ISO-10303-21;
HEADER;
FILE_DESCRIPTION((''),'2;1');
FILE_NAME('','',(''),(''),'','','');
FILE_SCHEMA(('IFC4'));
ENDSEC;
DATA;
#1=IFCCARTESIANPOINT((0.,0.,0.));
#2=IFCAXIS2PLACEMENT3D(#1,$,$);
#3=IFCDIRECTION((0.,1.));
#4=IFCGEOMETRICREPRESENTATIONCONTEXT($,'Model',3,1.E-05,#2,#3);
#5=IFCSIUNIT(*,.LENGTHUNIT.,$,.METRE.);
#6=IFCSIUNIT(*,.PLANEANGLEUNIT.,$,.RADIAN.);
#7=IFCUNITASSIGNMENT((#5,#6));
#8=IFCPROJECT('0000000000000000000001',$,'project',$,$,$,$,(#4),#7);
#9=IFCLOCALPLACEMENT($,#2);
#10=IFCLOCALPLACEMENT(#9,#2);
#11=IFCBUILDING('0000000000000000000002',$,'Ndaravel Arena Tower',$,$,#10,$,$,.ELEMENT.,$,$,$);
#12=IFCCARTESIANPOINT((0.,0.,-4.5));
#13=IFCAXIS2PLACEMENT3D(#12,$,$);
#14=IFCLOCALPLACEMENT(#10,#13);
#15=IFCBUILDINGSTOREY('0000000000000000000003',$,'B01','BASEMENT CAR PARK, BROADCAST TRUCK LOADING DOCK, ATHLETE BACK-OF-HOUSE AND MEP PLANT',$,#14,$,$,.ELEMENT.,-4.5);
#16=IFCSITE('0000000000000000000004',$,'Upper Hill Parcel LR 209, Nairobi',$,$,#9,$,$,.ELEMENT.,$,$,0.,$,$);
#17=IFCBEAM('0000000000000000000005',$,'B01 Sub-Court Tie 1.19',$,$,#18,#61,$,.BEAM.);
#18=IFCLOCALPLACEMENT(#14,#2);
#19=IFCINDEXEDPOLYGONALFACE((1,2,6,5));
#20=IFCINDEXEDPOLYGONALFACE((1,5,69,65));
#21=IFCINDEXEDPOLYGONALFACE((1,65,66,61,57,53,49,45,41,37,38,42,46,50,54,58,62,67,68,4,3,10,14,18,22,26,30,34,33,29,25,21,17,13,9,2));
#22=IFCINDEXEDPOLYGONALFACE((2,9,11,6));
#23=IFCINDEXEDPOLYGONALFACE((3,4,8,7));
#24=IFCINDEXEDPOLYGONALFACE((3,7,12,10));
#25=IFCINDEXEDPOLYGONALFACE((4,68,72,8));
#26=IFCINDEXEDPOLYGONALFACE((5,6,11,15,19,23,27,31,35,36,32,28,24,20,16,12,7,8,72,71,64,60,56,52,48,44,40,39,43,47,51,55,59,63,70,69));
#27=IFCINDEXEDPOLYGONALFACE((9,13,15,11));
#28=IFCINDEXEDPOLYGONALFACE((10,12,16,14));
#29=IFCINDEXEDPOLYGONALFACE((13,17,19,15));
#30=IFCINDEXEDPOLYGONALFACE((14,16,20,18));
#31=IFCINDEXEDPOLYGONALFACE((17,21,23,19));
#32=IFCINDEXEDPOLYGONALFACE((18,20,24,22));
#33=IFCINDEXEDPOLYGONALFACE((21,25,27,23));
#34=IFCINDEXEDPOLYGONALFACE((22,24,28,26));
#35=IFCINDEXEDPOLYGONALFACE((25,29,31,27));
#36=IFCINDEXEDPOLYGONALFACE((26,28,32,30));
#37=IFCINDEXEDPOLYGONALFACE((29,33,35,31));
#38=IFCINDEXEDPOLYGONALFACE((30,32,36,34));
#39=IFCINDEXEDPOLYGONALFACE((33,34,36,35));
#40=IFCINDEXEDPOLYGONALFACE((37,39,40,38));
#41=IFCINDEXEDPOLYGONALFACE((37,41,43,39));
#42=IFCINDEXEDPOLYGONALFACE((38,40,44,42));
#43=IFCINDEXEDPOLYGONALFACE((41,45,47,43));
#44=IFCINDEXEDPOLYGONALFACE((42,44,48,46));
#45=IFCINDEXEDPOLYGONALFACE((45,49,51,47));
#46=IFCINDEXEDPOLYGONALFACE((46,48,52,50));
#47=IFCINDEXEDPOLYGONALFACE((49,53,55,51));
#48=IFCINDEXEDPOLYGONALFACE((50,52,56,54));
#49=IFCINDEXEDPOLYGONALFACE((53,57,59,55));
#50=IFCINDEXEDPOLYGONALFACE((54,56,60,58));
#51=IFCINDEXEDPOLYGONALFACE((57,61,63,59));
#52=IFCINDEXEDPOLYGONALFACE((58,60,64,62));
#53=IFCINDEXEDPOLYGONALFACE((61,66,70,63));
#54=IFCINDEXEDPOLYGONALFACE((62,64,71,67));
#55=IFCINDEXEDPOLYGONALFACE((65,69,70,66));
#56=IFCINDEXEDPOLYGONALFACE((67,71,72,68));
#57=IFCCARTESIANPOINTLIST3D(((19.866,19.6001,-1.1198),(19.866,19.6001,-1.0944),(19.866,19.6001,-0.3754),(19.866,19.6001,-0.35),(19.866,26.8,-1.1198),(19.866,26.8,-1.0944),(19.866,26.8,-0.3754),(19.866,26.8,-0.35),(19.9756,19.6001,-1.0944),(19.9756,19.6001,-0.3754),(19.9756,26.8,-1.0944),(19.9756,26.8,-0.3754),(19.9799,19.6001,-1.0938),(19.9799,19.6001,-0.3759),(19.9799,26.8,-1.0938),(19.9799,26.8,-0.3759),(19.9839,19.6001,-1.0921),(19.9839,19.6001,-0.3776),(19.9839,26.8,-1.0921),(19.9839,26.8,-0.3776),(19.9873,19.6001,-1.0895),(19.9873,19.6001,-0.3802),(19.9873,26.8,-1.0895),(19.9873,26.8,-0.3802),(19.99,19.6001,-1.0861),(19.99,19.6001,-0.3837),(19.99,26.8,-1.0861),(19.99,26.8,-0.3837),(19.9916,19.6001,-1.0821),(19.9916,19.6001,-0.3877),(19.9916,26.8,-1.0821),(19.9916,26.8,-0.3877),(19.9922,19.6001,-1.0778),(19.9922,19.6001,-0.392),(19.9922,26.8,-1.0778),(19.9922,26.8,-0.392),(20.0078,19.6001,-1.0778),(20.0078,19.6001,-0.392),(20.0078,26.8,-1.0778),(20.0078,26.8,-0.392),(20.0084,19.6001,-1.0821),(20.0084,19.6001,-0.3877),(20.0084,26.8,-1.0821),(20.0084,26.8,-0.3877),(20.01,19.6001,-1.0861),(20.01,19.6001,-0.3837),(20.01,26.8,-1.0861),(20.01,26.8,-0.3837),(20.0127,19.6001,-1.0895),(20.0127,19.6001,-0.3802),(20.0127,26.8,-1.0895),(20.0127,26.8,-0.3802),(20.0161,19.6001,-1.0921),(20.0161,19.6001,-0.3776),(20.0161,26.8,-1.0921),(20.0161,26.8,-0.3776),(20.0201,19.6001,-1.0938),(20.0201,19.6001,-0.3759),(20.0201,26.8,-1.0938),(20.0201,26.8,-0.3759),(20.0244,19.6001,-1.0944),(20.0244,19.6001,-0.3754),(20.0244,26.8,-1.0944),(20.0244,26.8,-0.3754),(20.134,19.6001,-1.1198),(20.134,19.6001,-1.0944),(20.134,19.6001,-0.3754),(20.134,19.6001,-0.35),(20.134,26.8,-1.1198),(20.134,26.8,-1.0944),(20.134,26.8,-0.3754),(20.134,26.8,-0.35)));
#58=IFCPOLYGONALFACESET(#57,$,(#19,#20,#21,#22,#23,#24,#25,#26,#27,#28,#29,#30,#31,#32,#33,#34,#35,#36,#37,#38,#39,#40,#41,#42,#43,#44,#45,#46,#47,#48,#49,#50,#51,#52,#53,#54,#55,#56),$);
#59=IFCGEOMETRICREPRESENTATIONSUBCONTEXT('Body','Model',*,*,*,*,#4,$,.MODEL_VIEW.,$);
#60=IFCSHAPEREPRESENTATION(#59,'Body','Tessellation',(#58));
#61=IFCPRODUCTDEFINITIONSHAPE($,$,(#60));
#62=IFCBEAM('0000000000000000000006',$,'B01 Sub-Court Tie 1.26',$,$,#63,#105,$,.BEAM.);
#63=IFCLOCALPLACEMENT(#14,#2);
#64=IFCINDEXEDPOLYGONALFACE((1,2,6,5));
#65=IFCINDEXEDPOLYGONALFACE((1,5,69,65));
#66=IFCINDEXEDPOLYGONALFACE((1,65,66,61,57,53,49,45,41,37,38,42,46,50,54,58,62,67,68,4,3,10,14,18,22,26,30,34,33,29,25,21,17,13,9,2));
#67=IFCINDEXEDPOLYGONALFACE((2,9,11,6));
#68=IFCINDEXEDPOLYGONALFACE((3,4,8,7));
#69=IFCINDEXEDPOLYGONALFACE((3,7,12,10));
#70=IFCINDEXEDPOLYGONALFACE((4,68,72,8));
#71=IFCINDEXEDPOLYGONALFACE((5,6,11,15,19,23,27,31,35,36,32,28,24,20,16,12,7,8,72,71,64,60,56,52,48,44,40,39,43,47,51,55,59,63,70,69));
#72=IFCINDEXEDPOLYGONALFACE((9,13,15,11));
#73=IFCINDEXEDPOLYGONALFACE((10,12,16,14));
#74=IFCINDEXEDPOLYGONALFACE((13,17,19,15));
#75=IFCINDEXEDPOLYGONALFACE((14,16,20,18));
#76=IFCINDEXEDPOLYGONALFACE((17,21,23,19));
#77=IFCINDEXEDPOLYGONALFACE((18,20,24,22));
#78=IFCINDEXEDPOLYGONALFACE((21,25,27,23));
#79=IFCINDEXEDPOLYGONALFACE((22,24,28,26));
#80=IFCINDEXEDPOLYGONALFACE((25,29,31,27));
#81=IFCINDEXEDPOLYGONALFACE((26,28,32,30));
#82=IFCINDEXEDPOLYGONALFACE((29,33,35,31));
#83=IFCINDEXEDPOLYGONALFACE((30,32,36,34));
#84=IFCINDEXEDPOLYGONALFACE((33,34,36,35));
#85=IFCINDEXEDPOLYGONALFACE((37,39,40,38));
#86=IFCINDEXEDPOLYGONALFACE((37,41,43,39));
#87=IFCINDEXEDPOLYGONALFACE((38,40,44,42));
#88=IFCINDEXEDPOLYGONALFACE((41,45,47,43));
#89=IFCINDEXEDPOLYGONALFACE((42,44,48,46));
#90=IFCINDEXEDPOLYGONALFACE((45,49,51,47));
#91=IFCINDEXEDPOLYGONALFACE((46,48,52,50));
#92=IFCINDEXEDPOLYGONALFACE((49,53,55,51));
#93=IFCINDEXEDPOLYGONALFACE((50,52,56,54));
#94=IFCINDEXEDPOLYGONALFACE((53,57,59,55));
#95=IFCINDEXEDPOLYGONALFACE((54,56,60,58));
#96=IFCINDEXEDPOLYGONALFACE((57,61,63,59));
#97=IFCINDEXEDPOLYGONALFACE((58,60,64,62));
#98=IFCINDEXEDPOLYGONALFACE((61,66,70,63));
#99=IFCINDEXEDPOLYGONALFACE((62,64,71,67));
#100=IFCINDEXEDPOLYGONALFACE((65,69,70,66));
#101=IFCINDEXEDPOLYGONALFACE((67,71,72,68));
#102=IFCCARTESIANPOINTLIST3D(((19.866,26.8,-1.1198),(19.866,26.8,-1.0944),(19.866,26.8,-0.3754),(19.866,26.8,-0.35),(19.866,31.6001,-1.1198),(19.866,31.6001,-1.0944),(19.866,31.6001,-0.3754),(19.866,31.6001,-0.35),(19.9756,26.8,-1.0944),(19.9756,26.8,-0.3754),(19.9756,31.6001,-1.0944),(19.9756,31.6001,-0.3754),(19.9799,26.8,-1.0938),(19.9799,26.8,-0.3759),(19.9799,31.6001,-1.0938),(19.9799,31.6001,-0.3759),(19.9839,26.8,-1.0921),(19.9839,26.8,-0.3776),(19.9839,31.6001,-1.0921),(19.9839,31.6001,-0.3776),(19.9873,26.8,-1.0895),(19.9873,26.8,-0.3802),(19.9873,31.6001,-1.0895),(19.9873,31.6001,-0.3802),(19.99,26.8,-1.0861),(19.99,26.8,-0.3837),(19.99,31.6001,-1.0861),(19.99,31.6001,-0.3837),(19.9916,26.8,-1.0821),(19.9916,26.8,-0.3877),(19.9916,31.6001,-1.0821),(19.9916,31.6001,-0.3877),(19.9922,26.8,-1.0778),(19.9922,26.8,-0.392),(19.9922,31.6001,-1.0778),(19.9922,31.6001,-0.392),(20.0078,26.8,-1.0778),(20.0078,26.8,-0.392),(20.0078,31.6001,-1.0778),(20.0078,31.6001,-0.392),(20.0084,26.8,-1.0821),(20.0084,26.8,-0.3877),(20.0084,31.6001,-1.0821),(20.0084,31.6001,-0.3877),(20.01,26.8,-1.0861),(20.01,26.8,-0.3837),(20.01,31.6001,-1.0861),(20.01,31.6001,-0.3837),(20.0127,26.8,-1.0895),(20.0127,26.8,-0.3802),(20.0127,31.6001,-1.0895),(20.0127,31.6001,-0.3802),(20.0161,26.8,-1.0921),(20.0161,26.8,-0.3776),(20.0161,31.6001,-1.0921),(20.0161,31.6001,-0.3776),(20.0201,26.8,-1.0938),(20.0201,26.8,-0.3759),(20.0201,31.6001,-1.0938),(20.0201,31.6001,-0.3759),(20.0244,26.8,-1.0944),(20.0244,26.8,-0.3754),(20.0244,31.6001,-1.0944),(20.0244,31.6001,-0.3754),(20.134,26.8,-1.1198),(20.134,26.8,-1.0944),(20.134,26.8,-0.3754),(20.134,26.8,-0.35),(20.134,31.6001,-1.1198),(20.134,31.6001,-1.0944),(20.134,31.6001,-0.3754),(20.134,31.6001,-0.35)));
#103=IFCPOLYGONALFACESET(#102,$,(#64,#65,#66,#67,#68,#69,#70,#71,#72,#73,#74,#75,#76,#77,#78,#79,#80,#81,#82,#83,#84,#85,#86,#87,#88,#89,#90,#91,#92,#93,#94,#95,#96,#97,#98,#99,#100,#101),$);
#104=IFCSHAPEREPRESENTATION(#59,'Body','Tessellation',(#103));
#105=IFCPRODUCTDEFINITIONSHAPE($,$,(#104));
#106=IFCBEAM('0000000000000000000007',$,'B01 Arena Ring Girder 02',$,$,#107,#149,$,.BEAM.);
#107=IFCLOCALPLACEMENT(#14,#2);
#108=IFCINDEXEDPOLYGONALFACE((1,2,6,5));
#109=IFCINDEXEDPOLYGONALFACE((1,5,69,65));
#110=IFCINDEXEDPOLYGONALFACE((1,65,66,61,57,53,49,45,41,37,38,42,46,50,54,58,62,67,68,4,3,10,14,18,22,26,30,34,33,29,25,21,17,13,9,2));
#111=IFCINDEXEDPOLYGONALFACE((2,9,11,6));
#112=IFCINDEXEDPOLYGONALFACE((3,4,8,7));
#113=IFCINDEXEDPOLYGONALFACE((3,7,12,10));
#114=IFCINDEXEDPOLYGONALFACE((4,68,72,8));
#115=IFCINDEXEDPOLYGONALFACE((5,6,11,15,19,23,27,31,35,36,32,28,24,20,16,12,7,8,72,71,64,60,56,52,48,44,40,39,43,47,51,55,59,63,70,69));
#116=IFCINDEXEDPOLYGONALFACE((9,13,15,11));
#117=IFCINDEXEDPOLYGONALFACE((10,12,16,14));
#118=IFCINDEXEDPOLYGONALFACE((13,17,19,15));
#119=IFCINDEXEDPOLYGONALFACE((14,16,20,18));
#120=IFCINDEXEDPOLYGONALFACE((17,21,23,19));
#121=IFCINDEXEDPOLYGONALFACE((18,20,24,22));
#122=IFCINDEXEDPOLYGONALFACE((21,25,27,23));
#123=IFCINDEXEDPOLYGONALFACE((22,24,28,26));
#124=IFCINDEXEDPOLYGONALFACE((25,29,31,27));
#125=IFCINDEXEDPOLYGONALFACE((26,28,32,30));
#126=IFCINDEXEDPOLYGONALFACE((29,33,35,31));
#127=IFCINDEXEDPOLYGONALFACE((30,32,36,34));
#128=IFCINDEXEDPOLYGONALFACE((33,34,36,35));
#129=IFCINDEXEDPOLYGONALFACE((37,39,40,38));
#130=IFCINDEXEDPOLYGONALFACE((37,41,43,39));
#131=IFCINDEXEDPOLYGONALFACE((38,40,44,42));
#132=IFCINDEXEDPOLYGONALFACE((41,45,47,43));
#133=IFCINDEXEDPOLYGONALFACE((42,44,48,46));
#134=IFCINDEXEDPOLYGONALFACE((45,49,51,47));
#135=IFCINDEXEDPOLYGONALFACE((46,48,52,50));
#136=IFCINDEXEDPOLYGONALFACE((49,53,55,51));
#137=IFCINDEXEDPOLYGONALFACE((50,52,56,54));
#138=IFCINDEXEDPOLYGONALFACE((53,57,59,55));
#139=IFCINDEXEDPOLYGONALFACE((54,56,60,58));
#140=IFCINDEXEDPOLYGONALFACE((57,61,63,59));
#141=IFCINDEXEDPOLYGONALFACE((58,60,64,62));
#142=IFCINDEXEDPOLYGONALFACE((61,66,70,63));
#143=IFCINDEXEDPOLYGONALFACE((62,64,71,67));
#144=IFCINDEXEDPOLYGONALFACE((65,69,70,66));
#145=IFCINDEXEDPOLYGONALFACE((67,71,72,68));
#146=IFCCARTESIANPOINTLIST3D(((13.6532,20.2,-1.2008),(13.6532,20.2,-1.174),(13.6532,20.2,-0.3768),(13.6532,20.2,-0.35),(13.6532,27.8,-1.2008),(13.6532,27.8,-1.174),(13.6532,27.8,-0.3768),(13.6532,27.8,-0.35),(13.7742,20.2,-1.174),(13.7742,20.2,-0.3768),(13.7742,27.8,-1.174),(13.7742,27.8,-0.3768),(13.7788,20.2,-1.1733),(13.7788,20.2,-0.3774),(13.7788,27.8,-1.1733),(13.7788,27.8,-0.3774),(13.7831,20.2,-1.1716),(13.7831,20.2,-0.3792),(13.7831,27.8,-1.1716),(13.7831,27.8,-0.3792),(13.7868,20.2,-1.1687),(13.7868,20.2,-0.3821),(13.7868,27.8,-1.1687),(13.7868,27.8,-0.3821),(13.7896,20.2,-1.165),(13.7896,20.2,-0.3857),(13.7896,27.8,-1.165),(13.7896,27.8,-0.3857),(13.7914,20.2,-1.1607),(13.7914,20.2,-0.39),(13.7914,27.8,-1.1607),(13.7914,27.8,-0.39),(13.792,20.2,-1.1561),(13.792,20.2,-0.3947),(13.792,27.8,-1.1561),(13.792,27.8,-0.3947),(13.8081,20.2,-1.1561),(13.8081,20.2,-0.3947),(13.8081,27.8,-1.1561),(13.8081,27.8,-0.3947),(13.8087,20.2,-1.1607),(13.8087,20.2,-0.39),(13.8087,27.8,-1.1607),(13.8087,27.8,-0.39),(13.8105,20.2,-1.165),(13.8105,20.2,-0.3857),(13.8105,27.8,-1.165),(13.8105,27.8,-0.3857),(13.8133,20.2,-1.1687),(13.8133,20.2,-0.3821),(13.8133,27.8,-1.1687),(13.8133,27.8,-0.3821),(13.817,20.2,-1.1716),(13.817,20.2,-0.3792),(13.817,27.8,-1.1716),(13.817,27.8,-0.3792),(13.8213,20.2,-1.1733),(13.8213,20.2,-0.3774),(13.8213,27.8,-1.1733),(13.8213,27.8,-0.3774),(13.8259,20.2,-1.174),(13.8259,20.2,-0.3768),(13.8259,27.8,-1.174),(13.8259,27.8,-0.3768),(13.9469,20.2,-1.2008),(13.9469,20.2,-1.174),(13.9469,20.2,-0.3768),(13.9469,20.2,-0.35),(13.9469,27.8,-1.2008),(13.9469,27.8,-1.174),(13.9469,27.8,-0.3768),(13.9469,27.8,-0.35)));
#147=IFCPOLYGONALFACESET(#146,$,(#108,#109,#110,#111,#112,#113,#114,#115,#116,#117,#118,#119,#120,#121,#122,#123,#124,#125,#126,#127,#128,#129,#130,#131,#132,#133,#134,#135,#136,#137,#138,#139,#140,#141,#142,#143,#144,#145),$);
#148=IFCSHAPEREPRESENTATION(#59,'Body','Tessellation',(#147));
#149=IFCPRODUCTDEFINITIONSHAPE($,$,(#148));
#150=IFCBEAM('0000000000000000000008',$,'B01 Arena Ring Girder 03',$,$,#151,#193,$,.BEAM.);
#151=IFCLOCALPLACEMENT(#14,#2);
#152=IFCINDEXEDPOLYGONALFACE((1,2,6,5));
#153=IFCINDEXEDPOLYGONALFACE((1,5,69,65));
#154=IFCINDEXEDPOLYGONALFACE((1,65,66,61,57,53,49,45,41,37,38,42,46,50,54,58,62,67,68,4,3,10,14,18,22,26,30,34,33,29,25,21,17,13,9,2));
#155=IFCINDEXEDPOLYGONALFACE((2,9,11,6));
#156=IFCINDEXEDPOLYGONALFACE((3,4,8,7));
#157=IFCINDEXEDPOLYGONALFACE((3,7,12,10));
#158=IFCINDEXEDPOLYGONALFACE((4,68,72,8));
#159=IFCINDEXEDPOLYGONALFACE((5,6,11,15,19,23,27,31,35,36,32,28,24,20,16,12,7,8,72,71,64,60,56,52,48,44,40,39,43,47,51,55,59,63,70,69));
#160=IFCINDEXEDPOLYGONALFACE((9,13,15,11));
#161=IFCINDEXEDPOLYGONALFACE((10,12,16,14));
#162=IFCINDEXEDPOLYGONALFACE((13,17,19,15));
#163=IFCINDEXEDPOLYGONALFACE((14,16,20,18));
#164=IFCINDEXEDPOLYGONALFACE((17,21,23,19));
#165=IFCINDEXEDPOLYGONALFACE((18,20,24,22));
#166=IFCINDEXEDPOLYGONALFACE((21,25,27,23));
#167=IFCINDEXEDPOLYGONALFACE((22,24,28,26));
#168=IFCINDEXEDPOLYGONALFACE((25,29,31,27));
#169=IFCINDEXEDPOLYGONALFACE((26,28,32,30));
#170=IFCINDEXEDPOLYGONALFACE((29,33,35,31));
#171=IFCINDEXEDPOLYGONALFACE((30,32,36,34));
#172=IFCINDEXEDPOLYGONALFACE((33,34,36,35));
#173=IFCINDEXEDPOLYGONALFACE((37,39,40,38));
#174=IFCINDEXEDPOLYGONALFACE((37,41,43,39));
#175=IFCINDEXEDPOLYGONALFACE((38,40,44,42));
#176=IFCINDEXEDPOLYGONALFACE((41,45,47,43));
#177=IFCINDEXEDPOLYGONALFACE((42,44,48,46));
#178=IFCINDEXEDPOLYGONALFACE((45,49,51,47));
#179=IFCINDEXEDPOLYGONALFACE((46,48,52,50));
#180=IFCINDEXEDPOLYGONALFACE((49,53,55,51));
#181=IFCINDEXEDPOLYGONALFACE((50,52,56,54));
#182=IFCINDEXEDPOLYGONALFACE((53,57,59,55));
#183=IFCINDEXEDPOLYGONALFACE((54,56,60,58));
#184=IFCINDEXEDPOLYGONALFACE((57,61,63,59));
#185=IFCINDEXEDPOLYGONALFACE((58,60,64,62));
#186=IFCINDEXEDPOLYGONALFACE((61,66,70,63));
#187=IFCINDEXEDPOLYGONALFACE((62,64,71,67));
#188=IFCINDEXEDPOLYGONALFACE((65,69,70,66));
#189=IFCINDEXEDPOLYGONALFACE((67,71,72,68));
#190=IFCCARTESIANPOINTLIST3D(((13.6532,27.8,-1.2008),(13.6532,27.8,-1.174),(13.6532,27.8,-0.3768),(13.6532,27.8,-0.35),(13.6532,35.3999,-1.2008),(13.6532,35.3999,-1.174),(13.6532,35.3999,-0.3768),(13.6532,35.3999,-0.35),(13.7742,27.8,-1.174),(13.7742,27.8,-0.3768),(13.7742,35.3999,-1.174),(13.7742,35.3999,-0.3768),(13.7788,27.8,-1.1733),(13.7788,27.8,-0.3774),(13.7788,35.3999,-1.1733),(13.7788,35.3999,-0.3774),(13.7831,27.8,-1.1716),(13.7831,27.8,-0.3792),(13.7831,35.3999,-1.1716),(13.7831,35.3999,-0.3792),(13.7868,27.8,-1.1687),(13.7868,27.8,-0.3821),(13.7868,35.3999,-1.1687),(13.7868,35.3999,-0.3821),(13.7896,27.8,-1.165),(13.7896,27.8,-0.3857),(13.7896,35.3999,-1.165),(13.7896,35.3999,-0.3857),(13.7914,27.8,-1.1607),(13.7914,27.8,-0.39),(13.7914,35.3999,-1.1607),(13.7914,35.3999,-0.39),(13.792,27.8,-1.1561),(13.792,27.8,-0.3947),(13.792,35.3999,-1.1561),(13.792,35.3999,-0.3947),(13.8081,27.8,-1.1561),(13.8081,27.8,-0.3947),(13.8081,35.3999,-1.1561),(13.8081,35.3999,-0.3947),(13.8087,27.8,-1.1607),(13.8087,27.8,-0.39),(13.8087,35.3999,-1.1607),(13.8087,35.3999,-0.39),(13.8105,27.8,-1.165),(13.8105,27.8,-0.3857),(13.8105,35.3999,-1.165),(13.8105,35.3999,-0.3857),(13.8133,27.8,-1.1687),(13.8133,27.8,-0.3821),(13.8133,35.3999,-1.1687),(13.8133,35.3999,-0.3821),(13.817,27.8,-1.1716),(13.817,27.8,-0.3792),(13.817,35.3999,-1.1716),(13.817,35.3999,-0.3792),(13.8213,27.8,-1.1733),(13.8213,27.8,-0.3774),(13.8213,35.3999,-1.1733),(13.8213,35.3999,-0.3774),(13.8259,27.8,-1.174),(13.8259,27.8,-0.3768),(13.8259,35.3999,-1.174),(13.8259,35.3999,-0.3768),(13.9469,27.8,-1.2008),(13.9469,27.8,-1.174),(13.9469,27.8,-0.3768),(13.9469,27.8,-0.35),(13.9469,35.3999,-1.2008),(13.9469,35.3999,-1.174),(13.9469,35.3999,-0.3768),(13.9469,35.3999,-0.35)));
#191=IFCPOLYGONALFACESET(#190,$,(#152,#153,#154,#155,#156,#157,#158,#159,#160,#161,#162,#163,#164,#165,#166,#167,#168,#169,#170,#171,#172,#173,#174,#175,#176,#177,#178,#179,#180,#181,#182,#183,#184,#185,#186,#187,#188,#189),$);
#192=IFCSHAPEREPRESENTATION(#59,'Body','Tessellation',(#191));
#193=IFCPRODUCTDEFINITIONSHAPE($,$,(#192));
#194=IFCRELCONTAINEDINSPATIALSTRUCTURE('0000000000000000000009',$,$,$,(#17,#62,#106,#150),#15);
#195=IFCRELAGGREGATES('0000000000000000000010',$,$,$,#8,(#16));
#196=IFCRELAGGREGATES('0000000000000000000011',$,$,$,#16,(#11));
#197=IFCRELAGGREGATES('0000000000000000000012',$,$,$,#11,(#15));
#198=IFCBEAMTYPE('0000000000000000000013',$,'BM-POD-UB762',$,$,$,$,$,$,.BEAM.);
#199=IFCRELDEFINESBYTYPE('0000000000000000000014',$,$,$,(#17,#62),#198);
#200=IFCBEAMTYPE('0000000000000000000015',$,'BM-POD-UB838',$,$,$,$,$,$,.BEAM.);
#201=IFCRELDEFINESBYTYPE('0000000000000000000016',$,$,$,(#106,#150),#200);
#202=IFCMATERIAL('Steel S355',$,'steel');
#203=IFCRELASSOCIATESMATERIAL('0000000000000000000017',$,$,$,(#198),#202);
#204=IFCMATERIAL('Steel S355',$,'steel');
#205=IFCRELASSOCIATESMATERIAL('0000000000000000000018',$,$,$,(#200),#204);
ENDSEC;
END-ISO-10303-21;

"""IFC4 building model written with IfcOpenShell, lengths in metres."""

from ifc_helpers import new_model, si_unit, direction, frame, origin, origin_2d, place, context, subcontext, project, spatial, i_section, extrude, material, material_profile, profile_set, type_object, element, save


model = new_model("IFC4")

# Units and contexts
model_context = context("Model", 3, precision=1e-05, world=origin(), true_north=direction((0.0, 1.0)))
body_context = subcontext(model_context, "Body", "Model", "MODEL_VIEW")
ifc_project = project(units=[si_unit("LENGTHUNIT", "METRE"), si_unit("PLANEANGLEUNIT", "RADIAN")], contexts=[model_context])

# Site, building, storey
site_placement = place(None, origin())
site = spatial("IfcSite", under=ifc_project, at=site_placement, Name="Upper Hill Parcel LR 209, Nairobi", CompositionType="ELEMENT", RefElevation=0.0)
building_placement = place(site_placement, origin())
building = spatial("IfcBuilding", under=site, at=building_placement, Name="Ndaravel Arena Tower", CompositionType="ELEMENT")
storey_placement = place(building_placement, frame((0.0, 0.0, -4.5)))
storey = spatial("IfcBuildingStorey", under=building, at=storey_placement, Name="B01", Description="BASEMENT CAR PARK, BROADCAST TRUCK LOADING DOCK, ATHLETE BACK-OF-HOUSE AND MEP PLANT", CompositionType="ELEMENT", Elevation=-4.5)

# Beams
ifc_material_1 = material(Name="Steel S355", Category="steel")
ifc_material_profile_1 = material_profile(ifc_material_1, i_section(OverallWidth=0.2681, OverallDepth=0.7698, WebThickness=0.0156, FlangeThickness=0.0254, FilletRadius=0.0166, at=origin_2d()), Name="UB 762x267x197")
ifc_profile_set_1 = profile_set([ifc_material_profile_1], Name="Steel S355")
beam_type_1 = type_object("IfcBeamType", Name="BM-POD-UB762", PredefinedType="BEAM", material=ifc_profile_set_1)
beam_1_placement = place(storey_placement, frame((20.0, 19.6001, -0.7349), z_axis=(0.0, 1.0, 0.0), x_axis=(-1.0, 0.0, 0.0)))
element("IfcBeam", 1, at=beam_1_placement, inside=storey, type_object=beam_type_1, Name="B01 Sub-Court Tie 1.19", PredefinedType="BEAM", context=body_context, shape_type="SweptSolid", body=[
    extrude(i_section(OverallWidth=0.2681, OverallDepth=0.7698, WebThickness=0.0156, FlangeThickness=0.0254, FilletRadius=0.0166, at=origin_2d()), origin(), (0.0, 0.0, 1.0), 7.2),
])
beam_2_placement = place(storey_placement, frame((20.0, 26.8, -0.7349), z_axis=(0.0, 1.0, 0.0), x_axis=(-1.0, 0.0, 0.0)))
element("IfcBeam", 2, at=beam_2_placement, inside=storey, type_object=beam_type_1, Name="B01 Sub-Court Tie 1.26", PredefinedType="BEAM", context=body_context, shape_type="SweptSolid", body=[
    extrude(i_section(OverallWidth=0.2681, OverallDepth=0.7698, WebThickness=0.0156, FlangeThickness=0.0254, FilletRadius=0.0166, at=origin_2d()), origin(), (0.0, 0.0, 1.0), 4.8),
])
ifc_material_2 = material(Name="Steel S355", Category="steel")
ifc_material_profile_2 = material_profile(ifc_material_2, i_section(OverallWidth=0.2937, OverallDepth=0.8508, WebThickness=0.0161, FlangeThickness=0.0269, FilletRadius=0.0178, at=origin_2d()), Name="UB 838x292x226")
ifc_profile_set_2 = profile_set([ifc_material_profile_2], Name="Steel S355")
beam_type_2 = type_object("IfcBeamType", Name="BM-POD-UB838", PredefinedType="BEAM", material=ifc_profile_set_2)
beam_3_placement = place(storey_placement, frame((13.8, 20.2, -0.7754), z_axis=(0.0, 1.0, 0.0), x_axis=(-1.0, 0.0, 0.0)))
element("IfcBeam", 3, at=beam_3_placement, inside=storey, type_object=beam_type_2, Name="B01 Arena Ring Girder 02", PredefinedType="BEAM", context=body_context, shape_type="SweptSolid", body=[
    extrude(i_section(OverallWidth=0.2937, OverallDepth=0.8508, WebThickness=0.0161, FlangeThickness=0.0269, FilletRadius=0.0178, at=origin_2d()), origin(), (0.0, 0.0, 1.0), 7.6001),
])
beam_4_placement = place(storey_placement, frame((13.8, 27.8, -0.7754), z_axis=(0.0, 1.0, 0.0), x_axis=(-1.0, 0.0, 0.0)))
element("IfcBeam", 4, at=beam_4_placement, inside=storey, type_object=beam_type_2, Name="B01 Arena Ring Girder 03", PredefinedType="BEAM", context=body_context, shape_type="SweptSolid", body=[
    extrude(i_section(OverallWidth=0.2937, OverallDepth=0.8508, WebThickness=0.0161, FlangeThickness=0.0269, FilletRadius=0.0178, at=origin_2d()), origin(), (0.0, 0.0, 1.0), 7.5999),
])

save(model, "model.ifc")
